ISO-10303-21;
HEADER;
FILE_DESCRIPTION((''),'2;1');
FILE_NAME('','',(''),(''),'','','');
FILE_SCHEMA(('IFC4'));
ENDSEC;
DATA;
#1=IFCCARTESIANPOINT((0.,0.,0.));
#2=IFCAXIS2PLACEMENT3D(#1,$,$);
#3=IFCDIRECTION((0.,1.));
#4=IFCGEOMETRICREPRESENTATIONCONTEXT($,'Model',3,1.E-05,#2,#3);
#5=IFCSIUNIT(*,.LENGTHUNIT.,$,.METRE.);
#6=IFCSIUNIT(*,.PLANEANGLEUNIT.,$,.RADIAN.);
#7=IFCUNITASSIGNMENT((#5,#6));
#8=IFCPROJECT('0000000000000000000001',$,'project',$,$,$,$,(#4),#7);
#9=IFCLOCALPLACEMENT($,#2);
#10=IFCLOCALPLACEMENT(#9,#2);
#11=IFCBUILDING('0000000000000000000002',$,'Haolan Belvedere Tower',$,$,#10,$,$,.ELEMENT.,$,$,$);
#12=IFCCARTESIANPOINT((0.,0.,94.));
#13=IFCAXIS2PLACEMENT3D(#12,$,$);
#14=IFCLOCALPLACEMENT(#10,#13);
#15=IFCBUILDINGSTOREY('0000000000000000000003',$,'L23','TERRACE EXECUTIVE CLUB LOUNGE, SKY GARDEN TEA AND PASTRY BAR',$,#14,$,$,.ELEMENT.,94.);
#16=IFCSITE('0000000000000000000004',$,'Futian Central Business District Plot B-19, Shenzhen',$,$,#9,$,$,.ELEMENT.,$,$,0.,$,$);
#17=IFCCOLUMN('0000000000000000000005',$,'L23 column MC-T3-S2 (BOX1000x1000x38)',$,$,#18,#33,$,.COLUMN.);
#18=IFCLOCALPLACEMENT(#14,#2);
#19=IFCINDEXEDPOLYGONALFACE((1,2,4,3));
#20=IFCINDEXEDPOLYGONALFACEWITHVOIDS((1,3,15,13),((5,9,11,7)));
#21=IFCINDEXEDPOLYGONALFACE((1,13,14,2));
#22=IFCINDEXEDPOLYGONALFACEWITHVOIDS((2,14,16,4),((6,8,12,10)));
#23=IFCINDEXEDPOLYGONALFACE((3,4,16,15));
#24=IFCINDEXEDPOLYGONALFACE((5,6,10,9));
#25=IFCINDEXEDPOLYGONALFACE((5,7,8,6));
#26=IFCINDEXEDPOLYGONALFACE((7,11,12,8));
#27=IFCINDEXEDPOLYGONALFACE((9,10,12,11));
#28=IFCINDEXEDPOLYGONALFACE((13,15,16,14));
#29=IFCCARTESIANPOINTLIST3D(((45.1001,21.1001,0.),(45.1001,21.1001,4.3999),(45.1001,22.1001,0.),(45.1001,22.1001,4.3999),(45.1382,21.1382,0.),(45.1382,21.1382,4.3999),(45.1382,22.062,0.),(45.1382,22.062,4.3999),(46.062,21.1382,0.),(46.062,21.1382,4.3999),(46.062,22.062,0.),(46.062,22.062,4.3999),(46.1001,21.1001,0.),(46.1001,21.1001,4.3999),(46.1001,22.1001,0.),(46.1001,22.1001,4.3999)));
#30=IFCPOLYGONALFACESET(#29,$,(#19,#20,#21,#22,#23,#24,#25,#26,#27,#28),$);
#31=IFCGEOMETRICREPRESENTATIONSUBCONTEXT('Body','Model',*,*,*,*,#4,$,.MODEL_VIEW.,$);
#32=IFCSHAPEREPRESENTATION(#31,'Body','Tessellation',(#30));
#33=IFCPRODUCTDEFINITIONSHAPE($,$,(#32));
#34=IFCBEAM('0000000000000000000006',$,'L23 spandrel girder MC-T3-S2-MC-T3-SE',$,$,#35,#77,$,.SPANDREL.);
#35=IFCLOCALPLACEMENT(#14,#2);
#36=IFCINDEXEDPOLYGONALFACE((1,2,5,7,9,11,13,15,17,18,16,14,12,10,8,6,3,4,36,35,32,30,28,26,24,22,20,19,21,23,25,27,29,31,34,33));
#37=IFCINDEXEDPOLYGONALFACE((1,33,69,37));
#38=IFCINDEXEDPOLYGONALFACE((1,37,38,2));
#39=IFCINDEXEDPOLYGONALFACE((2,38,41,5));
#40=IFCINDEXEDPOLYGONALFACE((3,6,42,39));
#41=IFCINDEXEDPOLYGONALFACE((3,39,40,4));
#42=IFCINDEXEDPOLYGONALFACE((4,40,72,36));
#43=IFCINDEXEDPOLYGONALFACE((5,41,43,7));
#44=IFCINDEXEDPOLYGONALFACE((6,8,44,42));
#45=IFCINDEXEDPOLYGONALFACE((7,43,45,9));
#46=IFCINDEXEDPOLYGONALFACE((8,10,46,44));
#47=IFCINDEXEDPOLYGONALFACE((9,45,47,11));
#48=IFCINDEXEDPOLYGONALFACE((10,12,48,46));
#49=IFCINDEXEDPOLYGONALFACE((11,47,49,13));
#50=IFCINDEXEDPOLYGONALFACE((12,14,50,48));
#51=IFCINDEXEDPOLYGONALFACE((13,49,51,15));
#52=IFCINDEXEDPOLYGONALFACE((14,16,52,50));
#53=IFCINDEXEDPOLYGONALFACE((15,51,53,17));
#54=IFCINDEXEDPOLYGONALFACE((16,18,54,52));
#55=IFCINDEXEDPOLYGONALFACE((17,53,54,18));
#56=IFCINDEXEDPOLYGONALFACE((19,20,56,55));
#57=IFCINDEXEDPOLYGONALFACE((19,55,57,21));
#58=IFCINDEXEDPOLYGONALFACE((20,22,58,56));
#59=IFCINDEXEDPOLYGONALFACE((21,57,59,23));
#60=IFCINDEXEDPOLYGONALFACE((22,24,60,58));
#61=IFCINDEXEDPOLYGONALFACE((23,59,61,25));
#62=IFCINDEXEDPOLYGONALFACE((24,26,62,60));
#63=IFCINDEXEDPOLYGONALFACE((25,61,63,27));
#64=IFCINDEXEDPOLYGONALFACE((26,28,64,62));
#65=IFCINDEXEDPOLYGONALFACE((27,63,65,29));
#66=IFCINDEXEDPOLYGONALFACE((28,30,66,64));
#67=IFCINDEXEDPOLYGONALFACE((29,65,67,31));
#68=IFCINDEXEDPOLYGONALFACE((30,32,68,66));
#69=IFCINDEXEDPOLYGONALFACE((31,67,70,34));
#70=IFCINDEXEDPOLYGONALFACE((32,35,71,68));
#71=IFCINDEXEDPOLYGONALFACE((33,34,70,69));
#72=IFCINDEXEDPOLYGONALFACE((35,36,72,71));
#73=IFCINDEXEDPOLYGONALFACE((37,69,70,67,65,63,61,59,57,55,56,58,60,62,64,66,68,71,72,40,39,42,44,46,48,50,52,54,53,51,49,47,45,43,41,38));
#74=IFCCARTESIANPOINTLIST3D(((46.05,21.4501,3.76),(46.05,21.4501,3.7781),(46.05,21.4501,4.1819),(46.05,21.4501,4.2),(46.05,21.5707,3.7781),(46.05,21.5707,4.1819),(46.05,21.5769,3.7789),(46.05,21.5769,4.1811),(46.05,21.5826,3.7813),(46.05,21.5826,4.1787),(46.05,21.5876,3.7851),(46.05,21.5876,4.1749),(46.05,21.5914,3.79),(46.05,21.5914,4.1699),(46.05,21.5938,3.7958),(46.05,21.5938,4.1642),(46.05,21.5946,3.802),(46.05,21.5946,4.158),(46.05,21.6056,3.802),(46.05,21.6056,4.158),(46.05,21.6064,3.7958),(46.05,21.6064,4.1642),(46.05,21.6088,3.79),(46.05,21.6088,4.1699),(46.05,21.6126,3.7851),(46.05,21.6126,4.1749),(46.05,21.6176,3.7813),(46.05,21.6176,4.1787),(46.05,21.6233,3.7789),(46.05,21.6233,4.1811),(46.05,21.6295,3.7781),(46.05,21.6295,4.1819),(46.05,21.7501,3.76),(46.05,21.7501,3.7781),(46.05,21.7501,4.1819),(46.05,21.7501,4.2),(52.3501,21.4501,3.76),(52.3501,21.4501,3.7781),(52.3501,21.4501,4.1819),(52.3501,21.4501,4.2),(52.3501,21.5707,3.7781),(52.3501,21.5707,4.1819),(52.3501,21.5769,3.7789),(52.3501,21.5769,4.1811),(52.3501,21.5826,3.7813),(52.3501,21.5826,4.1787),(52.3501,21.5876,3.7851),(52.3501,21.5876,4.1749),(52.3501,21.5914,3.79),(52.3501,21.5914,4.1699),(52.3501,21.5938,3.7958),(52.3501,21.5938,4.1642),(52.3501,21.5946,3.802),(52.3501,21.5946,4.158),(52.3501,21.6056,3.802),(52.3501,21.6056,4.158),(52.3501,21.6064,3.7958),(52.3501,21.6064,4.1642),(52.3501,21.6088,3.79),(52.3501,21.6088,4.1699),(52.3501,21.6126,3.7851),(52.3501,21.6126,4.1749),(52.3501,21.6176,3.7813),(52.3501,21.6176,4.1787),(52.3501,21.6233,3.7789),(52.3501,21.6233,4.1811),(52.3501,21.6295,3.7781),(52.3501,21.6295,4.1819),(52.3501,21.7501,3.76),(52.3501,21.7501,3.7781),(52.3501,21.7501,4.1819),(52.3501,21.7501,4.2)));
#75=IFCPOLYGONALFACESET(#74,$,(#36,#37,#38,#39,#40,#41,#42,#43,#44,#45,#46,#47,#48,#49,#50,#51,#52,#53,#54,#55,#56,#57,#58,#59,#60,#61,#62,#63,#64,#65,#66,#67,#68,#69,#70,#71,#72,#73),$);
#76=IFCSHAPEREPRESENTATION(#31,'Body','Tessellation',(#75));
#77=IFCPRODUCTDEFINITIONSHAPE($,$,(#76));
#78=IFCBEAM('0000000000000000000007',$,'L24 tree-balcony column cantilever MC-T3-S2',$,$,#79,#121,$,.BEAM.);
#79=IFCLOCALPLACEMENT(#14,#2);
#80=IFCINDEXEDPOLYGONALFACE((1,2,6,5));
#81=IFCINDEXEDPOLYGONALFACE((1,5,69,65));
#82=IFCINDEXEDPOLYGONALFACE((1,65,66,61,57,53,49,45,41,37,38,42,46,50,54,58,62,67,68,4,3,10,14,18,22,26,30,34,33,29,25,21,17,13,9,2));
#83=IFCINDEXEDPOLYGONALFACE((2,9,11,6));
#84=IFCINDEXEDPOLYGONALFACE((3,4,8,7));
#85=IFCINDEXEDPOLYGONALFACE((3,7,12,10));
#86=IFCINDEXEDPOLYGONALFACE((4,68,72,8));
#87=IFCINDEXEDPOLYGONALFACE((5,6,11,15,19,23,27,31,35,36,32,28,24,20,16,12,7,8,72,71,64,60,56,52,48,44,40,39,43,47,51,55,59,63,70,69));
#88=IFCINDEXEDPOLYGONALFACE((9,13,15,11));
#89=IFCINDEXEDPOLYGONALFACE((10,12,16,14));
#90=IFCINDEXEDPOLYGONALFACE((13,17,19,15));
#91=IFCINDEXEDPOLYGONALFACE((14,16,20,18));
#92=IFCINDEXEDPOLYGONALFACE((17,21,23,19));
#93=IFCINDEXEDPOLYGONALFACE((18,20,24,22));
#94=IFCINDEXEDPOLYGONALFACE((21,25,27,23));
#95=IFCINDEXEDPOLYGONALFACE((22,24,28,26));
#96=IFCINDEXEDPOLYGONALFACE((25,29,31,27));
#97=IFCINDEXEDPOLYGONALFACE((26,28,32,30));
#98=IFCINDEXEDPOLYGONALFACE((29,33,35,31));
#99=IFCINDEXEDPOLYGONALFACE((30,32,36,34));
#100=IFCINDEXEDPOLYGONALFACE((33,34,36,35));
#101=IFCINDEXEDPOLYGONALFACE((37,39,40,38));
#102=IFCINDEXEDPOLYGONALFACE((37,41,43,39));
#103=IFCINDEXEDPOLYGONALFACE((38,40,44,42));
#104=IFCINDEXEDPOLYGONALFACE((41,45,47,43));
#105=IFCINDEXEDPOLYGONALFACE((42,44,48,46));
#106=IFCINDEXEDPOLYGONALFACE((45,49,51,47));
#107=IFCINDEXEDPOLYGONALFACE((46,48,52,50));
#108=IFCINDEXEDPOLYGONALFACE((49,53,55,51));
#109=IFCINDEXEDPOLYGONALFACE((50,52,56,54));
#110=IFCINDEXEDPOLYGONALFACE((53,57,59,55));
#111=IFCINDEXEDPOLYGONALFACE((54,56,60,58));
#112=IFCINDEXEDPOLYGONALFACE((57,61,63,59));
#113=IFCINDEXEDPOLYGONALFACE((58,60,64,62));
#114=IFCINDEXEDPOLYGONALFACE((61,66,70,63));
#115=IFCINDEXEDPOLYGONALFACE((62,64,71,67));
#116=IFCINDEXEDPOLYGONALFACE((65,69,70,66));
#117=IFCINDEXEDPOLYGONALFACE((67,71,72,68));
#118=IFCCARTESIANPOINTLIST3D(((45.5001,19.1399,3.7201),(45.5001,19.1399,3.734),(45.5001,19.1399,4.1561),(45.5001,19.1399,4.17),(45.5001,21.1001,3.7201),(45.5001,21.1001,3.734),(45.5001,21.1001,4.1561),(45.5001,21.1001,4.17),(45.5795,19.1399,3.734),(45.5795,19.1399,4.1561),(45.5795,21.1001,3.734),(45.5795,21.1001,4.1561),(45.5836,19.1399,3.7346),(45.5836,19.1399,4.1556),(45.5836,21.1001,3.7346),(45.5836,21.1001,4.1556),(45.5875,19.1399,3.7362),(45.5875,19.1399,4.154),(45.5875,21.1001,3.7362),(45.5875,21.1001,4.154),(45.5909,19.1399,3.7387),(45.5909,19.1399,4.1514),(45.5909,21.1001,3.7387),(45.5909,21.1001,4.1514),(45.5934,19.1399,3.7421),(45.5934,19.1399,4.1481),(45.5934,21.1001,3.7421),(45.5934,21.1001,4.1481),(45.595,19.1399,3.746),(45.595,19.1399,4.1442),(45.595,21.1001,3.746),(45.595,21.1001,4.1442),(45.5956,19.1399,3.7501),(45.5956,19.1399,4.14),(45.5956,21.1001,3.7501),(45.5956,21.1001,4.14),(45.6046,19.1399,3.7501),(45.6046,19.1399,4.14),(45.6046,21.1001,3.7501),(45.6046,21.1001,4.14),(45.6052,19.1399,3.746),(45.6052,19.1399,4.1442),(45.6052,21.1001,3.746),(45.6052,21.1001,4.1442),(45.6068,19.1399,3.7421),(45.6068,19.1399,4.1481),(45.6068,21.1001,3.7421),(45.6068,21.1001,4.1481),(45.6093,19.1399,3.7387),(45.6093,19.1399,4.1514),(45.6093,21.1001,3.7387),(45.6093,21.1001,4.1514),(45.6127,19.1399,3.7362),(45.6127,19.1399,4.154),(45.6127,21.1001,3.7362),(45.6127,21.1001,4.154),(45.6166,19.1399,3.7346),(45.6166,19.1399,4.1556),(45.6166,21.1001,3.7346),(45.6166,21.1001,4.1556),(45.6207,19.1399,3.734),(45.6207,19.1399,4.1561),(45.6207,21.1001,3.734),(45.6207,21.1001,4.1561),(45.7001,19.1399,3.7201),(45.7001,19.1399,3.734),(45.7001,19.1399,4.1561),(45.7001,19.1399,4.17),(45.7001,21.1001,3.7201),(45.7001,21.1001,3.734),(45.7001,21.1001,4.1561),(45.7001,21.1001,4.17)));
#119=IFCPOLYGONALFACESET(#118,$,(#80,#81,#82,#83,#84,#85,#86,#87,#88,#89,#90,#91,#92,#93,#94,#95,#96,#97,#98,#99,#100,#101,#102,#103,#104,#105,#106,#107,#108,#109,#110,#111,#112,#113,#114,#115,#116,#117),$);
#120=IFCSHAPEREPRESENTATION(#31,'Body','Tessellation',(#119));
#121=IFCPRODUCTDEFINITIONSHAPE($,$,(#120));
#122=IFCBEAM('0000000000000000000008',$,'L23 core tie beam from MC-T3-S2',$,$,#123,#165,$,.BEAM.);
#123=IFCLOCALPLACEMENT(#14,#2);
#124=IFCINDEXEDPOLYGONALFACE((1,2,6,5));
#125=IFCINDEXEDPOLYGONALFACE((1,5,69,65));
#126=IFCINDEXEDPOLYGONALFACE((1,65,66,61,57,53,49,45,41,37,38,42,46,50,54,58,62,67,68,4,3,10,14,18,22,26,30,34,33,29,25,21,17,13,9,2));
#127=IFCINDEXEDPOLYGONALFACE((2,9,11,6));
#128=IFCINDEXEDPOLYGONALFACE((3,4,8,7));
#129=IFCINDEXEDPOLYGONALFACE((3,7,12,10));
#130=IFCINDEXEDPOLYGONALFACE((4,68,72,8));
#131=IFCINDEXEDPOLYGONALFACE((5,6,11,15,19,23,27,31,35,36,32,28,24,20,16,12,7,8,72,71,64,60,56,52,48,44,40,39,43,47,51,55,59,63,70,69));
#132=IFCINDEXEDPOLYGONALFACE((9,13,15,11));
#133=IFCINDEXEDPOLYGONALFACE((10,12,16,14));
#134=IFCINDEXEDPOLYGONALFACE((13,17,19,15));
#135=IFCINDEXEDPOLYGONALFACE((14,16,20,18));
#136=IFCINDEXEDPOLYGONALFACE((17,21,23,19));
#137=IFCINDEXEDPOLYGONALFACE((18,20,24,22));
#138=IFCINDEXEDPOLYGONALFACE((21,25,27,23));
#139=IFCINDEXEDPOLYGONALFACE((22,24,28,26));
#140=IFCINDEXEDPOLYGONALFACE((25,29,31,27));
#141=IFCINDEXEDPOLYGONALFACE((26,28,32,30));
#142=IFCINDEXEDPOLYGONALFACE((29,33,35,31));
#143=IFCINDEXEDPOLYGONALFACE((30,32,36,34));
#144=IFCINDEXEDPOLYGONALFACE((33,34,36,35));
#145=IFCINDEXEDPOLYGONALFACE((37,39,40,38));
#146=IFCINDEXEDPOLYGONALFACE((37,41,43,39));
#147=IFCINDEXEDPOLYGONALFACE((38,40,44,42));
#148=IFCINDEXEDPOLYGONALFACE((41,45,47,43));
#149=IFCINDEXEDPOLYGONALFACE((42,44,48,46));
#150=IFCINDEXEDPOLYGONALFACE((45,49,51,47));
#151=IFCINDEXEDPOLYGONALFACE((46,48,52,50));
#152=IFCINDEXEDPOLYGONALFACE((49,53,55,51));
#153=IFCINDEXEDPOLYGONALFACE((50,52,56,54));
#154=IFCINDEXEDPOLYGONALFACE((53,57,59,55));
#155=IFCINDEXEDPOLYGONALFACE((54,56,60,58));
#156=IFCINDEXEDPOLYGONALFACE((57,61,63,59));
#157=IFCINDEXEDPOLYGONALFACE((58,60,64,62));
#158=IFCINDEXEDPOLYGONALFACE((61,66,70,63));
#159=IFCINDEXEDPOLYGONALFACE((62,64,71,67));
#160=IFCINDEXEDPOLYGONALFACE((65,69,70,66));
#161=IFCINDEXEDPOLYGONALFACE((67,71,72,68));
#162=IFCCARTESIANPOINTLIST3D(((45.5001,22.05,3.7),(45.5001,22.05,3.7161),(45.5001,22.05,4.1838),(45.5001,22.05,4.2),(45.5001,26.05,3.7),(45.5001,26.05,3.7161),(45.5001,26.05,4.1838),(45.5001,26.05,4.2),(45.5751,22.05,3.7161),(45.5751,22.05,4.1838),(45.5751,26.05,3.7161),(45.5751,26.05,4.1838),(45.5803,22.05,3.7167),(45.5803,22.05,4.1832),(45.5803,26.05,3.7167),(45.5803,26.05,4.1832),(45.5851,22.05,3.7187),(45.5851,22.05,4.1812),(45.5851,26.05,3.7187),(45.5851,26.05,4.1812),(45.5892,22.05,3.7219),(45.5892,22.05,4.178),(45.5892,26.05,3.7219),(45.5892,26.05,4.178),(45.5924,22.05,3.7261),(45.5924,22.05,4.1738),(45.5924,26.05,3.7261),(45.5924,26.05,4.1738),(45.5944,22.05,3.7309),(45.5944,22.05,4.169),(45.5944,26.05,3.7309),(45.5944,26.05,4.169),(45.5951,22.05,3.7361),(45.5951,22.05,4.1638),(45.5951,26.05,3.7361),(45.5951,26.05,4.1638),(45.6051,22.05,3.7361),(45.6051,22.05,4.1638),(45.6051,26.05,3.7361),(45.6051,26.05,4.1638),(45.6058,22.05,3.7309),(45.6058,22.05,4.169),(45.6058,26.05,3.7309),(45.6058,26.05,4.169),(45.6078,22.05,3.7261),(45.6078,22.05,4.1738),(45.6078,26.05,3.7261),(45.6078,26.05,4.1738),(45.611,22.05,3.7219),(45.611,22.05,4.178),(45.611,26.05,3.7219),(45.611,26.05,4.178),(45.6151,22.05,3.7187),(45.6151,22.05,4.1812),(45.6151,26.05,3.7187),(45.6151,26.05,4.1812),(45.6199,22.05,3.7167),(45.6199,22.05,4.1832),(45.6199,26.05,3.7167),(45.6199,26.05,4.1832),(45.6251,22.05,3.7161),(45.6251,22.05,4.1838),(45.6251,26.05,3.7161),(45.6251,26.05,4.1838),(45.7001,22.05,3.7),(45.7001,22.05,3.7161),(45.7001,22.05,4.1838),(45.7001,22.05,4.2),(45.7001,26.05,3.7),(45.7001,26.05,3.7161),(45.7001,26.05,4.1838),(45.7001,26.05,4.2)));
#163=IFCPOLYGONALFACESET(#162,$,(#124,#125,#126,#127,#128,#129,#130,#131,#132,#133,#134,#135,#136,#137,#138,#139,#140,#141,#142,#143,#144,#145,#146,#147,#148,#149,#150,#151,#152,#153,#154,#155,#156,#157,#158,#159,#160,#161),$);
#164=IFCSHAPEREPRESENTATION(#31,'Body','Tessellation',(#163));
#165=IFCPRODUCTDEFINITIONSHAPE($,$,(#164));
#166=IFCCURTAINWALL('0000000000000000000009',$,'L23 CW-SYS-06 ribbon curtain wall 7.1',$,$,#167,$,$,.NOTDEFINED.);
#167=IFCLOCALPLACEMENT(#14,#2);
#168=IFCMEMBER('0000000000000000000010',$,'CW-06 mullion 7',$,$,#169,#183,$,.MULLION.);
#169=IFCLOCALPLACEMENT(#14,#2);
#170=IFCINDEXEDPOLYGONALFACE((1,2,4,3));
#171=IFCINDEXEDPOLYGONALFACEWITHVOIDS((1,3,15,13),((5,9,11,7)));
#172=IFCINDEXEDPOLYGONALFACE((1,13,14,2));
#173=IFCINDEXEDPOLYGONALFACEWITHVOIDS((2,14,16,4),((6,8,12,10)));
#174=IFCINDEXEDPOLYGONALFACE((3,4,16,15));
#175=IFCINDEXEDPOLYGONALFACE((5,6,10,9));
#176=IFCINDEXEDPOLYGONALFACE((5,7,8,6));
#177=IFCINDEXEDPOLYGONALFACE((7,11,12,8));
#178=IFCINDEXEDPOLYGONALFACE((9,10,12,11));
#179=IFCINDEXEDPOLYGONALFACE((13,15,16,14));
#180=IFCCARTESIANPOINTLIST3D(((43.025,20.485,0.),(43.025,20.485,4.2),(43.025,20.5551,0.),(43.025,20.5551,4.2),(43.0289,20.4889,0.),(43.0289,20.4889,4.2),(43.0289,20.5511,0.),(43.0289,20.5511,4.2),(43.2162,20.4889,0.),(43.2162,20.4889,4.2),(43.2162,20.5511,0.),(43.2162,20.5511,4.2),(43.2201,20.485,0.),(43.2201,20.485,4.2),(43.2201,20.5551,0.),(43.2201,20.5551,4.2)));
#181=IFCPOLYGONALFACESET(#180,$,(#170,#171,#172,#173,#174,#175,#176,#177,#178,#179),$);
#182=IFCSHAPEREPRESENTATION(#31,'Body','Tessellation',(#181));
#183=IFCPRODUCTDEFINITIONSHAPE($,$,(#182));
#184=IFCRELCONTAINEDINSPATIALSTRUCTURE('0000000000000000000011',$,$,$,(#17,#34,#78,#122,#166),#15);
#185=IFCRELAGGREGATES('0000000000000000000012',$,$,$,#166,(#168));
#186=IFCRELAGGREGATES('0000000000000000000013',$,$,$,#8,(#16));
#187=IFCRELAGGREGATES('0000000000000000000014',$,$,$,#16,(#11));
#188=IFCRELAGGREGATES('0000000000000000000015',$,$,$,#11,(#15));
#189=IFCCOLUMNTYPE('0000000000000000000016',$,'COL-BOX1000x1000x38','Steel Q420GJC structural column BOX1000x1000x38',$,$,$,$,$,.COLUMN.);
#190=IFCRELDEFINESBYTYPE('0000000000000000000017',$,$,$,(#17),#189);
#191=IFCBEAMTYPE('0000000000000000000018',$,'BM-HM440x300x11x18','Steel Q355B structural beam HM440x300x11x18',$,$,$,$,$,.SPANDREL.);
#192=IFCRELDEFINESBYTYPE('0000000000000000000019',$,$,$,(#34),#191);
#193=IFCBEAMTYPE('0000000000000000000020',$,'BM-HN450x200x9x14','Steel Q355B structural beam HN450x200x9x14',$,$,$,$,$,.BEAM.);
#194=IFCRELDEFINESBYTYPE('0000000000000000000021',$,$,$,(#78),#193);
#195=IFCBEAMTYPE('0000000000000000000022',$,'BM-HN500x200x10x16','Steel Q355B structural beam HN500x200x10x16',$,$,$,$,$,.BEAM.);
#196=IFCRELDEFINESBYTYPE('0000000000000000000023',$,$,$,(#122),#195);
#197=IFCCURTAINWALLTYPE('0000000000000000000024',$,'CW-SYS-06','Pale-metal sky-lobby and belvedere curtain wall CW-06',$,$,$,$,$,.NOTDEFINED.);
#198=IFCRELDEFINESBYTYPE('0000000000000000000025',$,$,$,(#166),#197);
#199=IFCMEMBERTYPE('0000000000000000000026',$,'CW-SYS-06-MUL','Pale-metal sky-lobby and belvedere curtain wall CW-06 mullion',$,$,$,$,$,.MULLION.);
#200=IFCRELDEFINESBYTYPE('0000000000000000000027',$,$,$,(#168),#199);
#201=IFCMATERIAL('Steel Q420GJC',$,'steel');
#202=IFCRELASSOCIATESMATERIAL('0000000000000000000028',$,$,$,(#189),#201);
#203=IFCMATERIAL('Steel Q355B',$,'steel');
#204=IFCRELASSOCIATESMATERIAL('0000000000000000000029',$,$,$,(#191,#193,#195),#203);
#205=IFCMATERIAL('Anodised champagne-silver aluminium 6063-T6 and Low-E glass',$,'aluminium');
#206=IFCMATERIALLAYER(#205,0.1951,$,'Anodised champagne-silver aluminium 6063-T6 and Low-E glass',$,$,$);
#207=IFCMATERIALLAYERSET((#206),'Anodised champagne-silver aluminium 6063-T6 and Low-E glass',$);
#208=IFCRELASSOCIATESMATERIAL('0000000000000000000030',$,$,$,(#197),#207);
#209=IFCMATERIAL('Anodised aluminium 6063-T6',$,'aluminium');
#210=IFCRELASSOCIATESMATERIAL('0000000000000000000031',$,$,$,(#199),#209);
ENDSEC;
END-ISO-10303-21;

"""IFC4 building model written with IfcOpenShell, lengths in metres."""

from ifc_helpers import new_model, si_unit, direction, frame, origin, origin_2d, place, context, subcontext, project, spatial, hollow_rectangle, i_section, extrude, material, layer, layer_set, material_profile, profile_set, type_object, element, aggregate, save


model = new_model("IFC4")

# Units and contexts
model_context = context("Model", 3, precision=1e-05, world=origin(), true_north=direction((0.0, 1.0)))
body_context = subcontext(model_context, "Body", "Model", "MODEL_VIEW")
ifc_project = project(units=[si_unit("LENGTHUNIT", "METRE"), si_unit("PLANEANGLEUNIT", "RADIAN")], contexts=[model_context])

# Site, building, storey
site_placement = place(None, origin())
site = spatial("IfcSite", under=ifc_project, at=site_placement, Name="Futian Central Business District Plot B-19, Shenzhen", CompositionType="ELEMENT", RefElevation=0.0)
building_placement = place(site_placement, origin())
building = spatial("IfcBuilding", under=site, at=building_placement, Name="Haolan Belvedere Tower", CompositionType="ELEMENT")
storey_placement = place(building_placement, frame((0.0, 0.0, 94.0)))
storey = spatial("IfcBuildingStorey", under=building, at=storey_placement, Name="L23", Description="TERRACE EXECUTIVE CLUB LOUNGE, SKY GARDEN TEA AND PASTRY BAR", CompositionType="ELEMENT", Elevation=94.0)

# Column
ifc_material_1 = material(Name="Steel Q420GJC", Category="steel")
ifc_material_profile_1 = material_profile(ifc_material_1, hollow_rectangle(XDim=1.0, YDim=1.0, WallThickness=0.0381, at=origin_2d()), Name="Steel Q420GJC")
ifc_profile_set_1 = profile_set([ifc_material_profile_1], Name="Steel Q420GJC")
column_type = type_object("IfcColumnType", Name="COL-BOX1000x1000x38", Description="Steel Q420GJC structural column BOX1000x1000x38", PredefinedType="COLUMN", material=ifc_profile_set_1)
column_placement = place(storey_placement, frame((45.6001, 21.6001, 0.0), z_axis=(0.0, 0.0, 1.0), x_axis=(1.0, 0.0, 0.0)))
element("IfcColumn", 1, at=column_placement, inside=storey, type_object=column_type, Name="L23 column MC-T3-S2 (BOX1000x1000x38)", PredefinedType="COLUMN", context=body_context, shape_type="SweptSolid", body=[
    extrude(hollow_rectangle(XDim=1.0, YDim=1.0, WallThickness=0.0381, at=origin_2d()), origin(), (0.0, 0.0, 1.0), 4.3999),
])

# Beams
ifc_material_2 = material(Name="Steel Q355B", Category="steel")
ifc_material_profile_2 = material_profile(ifc_material_2, i_section(OverallWidth=0.3, OverallDepth=0.4399, WebThickness=0.011, FlangeThickness=0.0181, FilletRadius=0.0239, at=origin_2d()), Name="Steel Q355B")
ifc_profile_set_2 = profile_set([ifc_material_profile_2], Name="Steel Q355B")
beam_type_1 = type_object("IfcBeamType", Name="BM-HM440x300x11x18", Description="Steel Q355B structural beam HM440x300x11x18", PredefinedType="SPANDREL", material=ifc_profile_set_2)
beam_1_placement = place(storey_placement, frame((46.05, 21.6001, 3.98), z_axis=(1.0, 0.0, 0.0), x_axis=(0.0, 1.0, 0.0)))
element("IfcBeam", 2, at=beam_1_placement, inside=storey, type_object=beam_type_1, Name="L23 spandrel girder MC-T3-S2-MC-T3-SE", PredefinedType="SPANDREL", context=body_context, shape_type="SweptSolid", body=[
    extrude(i_section(OverallWidth=0.3, OverallDepth=0.4399, WebThickness=0.011, FlangeThickness=0.0181, FilletRadius=0.0239, at=origin_2d()), origin(), (0.0, 0.0, 1.0), 6.3),
])
ifc_material_profile_3 = material_profile(ifc_material_2, i_section(OverallWidth=0.2, OverallDepth=0.45, WebThickness=0.009, FlangeThickness=0.0139, FilletRadius=0.0161, at=origin_2d()), Name="Steel Q355B")
ifc_profile_set_3 = profile_set([ifc_material_profile_3], Name="Steel Q355B")
beam_type_2 = type_object("IfcBeamType", Name="BM-HN450x200x9x14", Description="Steel Q355B structural beam HN450x200x9x14", PredefinedType="BEAM", material=ifc_profile_set_3)
beam_2_placement = place(storey_placement, frame((45.6001, 21.1001, 3.9451), z_axis=(0.0, -1.0, 0.0), x_axis=(1.0, 0.0, 0.0)))
element("IfcBeam", 3, at=beam_2_placement, inside=storey, type_object=beam_type_2, Name="L24 tree-balcony column cantilever MC-T3-S2", PredefinedType="BEAM", context=body_context, shape_type="SweptSolid", body=[
    extrude(i_section(OverallWidth=0.2, OverallDepth=0.45, WebThickness=0.009, FlangeThickness=0.0139, FilletRadius=0.0161, at=origin_2d()), origin(), (0.0, 0.0, 1.0), 1.9602),
])
ifc_material_profile_4 = material_profile(ifc_material_2, i_section(OverallWidth=0.2, OverallDepth=0.5, WebThickness=0.01, FlangeThickness=0.0161, FilletRadius=0.02, at=origin_2d()), Name="Steel Q355B")
ifc_profile_set_4 = profile_set([ifc_material_profile_4], Name="Steel Q355B")
beam_type_3 = type_object("IfcBeamType", Name="BM-HN500x200x10x16", Description="Steel Q355B structural beam HN500x200x10x16", PredefinedType="BEAM", material=ifc_profile_set_4)
beam_3_placement = place(storey_placement, frame((45.6001, 22.05, 3.95), z_axis=(0.0, 1.0, 0.0), x_axis=(-1.0, 0.0, 0.0)))
element("IfcBeam", 4, at=beam_3_placement, inside=storey, type_object=beam_type_3, Name="L23 core tie beam from MC-T3-S2", PredefinedType="BEAM", context=body_context, shape_type="SweptSolid", body=[
    extrude(i_section(OverallWidth=0.2, OverallDepth=0.5, WebThickness=0.01, FlangeThickness=0.0161, FilletRadius=0.02, at=origin_2d()), origin(), (0.0, 0.0, 1.0), 4.0),
])

# Curtain wall, member
ifc_material_3 = material(Name="Anodised champagne-silver aluminium 6063-T6 and Low-E glass", Category="aluminium")
ifc_layer_1 = layer(ifc_material_3, 0.1951, Name="Anodised champagne-silver aluminium 6063-T6 and Low-E glass")
ifc_layer_set_1 = layer_set([ifc_layer_1], Name="Anodised champagne-silver aluminium 6063-T6 and Low-E glass")
curtain_wall_type = type_object("IfcCurtainWallType", Name="CW-SYS-06", Description="Pale-metal sky-lobby and belvedere curtain wall CW-06", PredefinedType="NOTDEFINED", material=ifc_layer_set_1)
curtain_wall_placement = place(storey_placement, origin())
curtain_wall = element("IfcCurtainWall", 5, at=curtain_wall_placement, inside=storey, type_object=curtain_wall_type, Name="L23 CW-SYS-06 ribbon curtain wall 7.1", PredefinedType="NOTDEFINED")
ifc_material_4 = material(Name="Anodised aluminium 6063-T6", Category="aluminium")
ifc_material_profile_5 = material_profile(ifc_material_4, hollow_rectangle(XDim=0.0701, YDim=0.1951, WallThickness=0.0039, at=origin_2d()), Name="Anodised aluminium 6063-T6")
ifc_profile_set_5 = profile_set([ifc_material_profile_5], Name="Anodised aluminium 6063-T6")
member_type_1 = type_object("IfcMemberType", Name="CW-SYS-06-MUL", Description="Pale-metal sky-lobby and belvedere curtain wall CW-06 mullion", PredefinedType="MULLION", material=ifc_profile_set_5)
member_1_placement = place(storey_placement, frame((43.1226, 20.52, 0.0), z_axis=(0.0, 0.0, 1.0), x_axis=(0.0, 1.0, 0.0)))
member_1 = element("IfcMember", 6, at=member_1_placement, type_object=member_type_1, Name="CW-06 mullion 7", PredefinedType="MULLION", context=body_context, shape_type="SweptSolid", body=[
    extrude(hollow_rectangle(XDim=0.0701, YDim=0.1951, WallThickness=0.0039, at=origin_2d()), origin(), (0.0, 0.0, 1.0), 4.2),
])
aggregate(curtain_wall, [member_1])

save(model, "model.ifc")
